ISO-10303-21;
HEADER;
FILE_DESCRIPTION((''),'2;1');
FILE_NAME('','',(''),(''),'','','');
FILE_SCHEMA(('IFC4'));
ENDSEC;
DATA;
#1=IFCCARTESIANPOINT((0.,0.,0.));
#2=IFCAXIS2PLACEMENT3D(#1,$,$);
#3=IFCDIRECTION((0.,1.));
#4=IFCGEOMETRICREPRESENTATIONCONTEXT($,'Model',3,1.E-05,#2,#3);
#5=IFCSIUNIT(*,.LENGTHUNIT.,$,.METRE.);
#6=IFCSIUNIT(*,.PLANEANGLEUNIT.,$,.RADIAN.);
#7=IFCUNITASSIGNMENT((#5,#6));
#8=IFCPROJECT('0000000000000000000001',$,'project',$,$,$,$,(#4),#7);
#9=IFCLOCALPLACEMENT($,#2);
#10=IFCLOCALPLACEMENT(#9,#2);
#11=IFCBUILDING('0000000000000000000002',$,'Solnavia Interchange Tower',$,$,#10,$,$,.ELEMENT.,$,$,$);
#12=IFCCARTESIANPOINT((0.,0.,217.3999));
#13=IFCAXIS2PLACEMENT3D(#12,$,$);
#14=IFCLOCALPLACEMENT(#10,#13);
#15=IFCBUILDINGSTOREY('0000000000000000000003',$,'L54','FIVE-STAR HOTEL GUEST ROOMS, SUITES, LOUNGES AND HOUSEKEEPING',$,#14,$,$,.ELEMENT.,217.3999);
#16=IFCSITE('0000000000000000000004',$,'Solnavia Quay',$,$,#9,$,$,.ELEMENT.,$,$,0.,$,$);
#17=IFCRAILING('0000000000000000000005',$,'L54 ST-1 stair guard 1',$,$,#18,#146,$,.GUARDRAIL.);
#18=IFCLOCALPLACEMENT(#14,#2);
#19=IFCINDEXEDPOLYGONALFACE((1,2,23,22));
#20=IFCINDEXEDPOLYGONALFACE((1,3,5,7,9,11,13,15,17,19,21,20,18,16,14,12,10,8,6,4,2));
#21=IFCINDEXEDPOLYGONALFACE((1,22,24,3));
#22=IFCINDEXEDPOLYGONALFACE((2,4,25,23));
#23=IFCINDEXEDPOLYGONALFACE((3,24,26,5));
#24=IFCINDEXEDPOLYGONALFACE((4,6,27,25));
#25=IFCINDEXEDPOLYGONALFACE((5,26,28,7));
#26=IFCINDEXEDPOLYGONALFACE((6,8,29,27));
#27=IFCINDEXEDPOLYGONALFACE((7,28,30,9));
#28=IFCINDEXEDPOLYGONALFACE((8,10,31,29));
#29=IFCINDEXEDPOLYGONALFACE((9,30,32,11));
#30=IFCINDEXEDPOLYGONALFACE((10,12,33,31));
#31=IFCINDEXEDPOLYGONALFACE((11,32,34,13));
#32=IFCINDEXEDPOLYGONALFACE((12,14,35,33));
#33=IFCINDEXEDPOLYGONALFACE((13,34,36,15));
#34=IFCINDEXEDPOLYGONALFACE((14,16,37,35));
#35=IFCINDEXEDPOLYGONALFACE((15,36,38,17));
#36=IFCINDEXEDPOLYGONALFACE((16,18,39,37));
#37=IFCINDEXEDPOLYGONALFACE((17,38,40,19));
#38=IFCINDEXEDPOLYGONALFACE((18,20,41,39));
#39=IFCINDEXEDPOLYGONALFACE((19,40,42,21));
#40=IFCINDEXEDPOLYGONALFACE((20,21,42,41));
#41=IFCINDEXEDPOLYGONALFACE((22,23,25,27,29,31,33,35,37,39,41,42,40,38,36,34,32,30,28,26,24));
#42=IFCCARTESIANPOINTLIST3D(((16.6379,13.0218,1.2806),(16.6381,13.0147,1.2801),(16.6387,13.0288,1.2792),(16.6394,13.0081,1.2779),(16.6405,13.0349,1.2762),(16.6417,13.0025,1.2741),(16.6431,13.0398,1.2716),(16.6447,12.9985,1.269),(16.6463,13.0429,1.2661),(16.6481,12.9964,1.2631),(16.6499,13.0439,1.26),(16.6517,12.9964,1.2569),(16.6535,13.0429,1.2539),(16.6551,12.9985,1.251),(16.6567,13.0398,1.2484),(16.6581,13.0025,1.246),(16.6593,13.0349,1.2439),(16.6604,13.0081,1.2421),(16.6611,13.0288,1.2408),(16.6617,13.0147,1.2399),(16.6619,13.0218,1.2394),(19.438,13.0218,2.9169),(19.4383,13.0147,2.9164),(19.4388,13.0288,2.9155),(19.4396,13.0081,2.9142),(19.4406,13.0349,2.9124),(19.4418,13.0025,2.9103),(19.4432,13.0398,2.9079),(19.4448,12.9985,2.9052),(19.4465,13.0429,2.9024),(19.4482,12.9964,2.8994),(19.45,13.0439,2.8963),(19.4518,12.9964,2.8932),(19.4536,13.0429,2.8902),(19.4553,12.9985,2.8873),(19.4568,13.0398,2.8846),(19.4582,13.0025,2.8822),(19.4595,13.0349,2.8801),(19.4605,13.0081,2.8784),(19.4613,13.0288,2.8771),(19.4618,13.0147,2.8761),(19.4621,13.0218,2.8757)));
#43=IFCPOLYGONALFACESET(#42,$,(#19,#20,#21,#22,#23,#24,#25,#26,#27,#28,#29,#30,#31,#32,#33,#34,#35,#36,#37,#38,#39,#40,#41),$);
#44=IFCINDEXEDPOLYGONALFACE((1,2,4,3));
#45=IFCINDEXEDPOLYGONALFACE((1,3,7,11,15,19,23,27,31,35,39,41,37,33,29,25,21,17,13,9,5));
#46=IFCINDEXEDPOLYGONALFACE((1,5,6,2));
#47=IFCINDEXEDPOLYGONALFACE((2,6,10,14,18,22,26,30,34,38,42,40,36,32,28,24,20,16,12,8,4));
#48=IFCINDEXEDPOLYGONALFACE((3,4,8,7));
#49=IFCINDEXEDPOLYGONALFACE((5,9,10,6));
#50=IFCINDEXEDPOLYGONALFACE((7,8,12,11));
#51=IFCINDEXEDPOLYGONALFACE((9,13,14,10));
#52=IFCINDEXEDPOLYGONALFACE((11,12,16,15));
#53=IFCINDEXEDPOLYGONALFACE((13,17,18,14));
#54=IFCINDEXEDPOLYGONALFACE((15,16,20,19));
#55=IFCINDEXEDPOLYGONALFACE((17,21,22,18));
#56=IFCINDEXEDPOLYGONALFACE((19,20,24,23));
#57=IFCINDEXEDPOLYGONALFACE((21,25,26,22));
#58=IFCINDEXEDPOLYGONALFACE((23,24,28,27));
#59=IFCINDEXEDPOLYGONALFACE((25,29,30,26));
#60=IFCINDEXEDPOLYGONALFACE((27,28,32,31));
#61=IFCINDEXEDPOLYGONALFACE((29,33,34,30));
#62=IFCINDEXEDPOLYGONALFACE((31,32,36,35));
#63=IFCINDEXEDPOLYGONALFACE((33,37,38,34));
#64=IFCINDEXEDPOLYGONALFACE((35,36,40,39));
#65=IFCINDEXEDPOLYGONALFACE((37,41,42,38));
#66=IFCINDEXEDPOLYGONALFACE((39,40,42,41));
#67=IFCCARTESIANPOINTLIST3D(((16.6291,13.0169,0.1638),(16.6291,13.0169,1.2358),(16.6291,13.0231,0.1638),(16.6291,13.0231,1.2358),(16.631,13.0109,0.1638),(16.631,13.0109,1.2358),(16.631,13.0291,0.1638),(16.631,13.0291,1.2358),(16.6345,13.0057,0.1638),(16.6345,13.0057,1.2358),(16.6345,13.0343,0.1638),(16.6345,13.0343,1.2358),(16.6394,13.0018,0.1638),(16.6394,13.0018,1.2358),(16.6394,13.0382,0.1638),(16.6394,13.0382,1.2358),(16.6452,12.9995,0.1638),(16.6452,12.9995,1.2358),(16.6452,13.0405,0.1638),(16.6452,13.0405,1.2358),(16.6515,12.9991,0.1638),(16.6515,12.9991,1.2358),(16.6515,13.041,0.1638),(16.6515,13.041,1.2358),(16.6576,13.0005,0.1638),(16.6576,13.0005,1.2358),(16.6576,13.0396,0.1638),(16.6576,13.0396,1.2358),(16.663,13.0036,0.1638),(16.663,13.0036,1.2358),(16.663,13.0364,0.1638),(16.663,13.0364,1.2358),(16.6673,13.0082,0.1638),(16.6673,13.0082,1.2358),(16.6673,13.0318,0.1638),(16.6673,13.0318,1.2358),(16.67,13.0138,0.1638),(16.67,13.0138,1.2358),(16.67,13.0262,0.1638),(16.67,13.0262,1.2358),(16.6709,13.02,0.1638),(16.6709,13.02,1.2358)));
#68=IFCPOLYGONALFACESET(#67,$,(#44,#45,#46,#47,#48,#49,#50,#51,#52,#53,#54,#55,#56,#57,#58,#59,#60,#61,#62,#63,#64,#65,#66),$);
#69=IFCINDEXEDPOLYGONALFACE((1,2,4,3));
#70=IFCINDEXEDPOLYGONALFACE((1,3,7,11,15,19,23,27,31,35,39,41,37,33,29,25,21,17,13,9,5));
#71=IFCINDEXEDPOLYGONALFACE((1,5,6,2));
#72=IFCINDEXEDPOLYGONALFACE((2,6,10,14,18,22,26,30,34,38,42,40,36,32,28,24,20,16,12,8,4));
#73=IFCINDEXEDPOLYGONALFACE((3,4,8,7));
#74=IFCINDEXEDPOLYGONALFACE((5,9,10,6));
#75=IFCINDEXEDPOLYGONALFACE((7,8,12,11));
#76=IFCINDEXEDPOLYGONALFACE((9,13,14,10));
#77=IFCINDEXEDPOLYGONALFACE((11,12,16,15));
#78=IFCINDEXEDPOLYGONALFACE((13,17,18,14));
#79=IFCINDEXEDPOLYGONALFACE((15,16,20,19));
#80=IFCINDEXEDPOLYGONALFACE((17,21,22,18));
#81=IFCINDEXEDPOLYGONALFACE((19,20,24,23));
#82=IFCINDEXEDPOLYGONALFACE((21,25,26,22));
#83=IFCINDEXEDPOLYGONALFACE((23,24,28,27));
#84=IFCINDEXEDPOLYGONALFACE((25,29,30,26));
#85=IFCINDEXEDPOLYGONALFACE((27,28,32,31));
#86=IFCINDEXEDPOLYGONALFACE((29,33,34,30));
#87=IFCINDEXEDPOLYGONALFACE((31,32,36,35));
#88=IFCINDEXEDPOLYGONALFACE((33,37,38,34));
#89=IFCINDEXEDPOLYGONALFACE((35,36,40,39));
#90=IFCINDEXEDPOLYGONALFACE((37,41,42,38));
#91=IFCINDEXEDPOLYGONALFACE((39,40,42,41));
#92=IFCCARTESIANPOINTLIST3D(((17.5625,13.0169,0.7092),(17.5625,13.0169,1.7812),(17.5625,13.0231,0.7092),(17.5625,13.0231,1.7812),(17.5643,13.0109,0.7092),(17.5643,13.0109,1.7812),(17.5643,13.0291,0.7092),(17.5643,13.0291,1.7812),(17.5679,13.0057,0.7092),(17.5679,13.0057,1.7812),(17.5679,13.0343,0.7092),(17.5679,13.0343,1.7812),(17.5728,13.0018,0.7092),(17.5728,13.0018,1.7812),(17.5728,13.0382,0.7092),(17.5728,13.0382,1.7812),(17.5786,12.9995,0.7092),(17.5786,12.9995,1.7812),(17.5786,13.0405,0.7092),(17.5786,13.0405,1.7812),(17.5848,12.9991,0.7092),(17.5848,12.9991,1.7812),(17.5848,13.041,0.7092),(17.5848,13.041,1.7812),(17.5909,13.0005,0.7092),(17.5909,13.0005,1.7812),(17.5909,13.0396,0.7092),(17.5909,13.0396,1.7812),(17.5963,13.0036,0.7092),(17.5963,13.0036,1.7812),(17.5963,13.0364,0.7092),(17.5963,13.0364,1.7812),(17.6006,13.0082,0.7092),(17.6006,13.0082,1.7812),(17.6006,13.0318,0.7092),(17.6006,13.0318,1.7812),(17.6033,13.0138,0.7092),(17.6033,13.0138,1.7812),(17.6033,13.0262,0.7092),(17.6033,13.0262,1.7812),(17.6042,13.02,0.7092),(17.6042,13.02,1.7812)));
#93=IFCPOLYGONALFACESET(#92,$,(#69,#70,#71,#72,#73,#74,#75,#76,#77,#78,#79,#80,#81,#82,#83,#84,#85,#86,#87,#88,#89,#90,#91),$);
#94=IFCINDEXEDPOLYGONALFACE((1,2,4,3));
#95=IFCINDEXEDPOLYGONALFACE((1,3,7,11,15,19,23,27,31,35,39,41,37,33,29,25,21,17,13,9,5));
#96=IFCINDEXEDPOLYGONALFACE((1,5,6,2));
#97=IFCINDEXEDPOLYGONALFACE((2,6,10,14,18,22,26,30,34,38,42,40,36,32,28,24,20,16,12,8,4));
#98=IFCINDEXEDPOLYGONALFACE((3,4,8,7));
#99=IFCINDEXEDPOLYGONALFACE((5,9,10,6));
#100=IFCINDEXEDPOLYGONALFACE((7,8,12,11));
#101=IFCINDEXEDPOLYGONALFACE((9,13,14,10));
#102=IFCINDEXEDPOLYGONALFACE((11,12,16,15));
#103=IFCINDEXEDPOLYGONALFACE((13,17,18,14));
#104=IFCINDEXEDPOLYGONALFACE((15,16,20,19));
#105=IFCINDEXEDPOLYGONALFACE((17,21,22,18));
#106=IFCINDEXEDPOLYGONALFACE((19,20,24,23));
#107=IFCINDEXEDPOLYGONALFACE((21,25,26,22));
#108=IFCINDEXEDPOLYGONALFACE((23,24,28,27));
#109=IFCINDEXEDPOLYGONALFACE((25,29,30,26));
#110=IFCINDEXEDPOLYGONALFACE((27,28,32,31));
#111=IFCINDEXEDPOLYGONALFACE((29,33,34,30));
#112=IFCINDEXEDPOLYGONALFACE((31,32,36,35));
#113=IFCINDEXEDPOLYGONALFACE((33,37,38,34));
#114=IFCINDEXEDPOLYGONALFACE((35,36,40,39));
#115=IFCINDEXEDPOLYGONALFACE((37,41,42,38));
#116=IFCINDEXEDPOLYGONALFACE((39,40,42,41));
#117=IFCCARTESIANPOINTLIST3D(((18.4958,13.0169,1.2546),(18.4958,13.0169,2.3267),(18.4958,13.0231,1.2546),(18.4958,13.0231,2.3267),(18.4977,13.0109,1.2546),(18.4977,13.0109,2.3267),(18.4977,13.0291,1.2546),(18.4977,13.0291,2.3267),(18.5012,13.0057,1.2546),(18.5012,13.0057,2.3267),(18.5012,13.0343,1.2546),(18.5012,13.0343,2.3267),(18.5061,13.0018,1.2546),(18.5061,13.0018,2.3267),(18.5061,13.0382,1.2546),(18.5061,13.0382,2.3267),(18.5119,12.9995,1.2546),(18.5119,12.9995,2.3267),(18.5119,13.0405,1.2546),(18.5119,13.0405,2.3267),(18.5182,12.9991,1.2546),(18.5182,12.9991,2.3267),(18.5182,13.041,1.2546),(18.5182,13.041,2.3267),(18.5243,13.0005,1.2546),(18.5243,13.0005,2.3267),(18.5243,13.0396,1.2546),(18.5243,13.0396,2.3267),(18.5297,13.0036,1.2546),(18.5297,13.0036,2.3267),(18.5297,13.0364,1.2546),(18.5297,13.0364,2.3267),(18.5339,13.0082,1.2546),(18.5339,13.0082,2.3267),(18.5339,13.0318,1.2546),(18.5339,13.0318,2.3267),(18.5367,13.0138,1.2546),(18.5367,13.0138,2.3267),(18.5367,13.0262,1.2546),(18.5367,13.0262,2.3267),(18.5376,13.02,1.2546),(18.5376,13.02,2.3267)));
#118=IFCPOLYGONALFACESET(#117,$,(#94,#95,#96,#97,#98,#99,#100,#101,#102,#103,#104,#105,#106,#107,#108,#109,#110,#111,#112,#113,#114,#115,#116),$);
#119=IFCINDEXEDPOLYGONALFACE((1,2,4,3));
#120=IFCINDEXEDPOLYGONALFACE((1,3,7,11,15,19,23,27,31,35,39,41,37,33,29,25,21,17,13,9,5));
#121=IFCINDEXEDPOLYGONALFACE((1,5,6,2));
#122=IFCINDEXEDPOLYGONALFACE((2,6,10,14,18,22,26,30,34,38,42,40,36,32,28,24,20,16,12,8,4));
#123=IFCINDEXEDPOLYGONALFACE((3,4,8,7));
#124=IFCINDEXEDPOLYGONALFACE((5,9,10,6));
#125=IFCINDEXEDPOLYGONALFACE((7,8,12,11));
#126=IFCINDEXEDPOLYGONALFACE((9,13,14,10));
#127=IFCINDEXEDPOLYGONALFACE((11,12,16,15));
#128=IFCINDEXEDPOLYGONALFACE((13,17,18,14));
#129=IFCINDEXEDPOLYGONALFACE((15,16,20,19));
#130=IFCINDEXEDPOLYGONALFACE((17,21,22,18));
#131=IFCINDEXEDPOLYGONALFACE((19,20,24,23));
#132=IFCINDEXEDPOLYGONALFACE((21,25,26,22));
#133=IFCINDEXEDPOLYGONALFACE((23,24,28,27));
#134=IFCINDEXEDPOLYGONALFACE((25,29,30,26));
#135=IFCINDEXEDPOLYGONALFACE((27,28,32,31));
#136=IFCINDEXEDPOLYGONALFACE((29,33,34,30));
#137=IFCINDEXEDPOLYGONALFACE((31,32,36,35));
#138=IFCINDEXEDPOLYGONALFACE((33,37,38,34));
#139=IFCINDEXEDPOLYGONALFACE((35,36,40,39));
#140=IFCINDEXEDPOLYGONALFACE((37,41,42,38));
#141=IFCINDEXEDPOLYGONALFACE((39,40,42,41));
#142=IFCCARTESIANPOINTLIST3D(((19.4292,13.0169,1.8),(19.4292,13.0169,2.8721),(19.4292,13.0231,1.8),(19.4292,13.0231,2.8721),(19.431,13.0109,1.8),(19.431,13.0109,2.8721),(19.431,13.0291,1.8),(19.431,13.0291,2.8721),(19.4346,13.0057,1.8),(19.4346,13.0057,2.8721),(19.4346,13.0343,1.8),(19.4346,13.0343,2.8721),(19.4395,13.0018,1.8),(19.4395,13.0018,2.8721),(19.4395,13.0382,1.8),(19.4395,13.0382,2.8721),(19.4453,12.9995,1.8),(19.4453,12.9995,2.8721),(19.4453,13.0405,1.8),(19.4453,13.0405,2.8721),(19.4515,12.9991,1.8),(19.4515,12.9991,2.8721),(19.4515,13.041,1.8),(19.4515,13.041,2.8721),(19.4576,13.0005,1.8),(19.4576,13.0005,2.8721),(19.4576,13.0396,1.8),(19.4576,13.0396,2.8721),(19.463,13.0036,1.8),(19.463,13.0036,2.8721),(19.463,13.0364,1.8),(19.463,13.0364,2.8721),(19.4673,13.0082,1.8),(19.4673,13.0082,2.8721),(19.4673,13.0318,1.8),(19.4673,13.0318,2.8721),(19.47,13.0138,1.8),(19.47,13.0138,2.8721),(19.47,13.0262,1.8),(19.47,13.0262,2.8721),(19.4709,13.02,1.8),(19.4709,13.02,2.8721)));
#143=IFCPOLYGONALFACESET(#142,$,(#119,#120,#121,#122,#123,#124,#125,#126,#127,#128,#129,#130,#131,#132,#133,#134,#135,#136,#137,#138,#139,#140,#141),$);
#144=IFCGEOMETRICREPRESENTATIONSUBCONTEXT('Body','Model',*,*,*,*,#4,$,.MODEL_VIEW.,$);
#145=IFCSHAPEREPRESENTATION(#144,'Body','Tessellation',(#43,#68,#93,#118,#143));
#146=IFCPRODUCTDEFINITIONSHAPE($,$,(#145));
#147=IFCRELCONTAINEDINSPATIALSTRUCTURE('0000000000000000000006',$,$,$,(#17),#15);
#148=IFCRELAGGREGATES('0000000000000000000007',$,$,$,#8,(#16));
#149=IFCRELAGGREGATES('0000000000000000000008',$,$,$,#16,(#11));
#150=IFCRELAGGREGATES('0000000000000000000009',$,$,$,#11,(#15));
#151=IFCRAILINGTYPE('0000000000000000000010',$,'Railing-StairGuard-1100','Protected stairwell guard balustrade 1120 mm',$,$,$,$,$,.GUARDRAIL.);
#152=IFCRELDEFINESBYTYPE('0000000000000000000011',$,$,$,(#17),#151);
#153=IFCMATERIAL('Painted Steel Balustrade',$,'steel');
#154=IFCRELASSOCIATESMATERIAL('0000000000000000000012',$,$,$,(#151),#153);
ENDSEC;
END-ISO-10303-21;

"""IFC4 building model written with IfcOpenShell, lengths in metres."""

from ifc_helpers import new_model, si_unit, direction, frame, origin, origin_2d, place, context, subcontext, project, spatial, circle, extrude, material, type_object, element, save


model = new_model("IFC4")

# Units and contexts
model_context = context("Model", 3, precision=1e-05, world=origin(), true_north=direction((0.0, 1.0)))
body_context = subcontext(model_context, "Body", "Model", "MODEL_VIEW")
ifc_project = project(units=[si_unit("LENGTHUNIT", "METRE"), si_unit("PLANEANGLEUNIT", "RADIAN")], contexts=[model_context])

# Site, building, storey
site_placement = place(None, origin())
site = spatial("IfcSite", under=ifc_project, at=site_placement, Name="Solnavia Quay", CompositionType="ELEMENT", RefElevation=0.0)
building_placement = place(site_placement, origin())
building = spatial("IfcBuilding", under=site, at=building_placement, Name="Solnavia Interchange Tower", CompositionType="ELEMENT")
storey_placement = place(building_placement, frame((0.0, 0.0, 217.3999)))
storey = spatial("IfcBuildingStorey", under=building, at=storey_placement, Name="L54", Description="FIVE-STAR HOTEL GUEST ROOMS, SUITES, LOUNGES AND HOUSEKEEPING", CompositionType="ELEMENT", Elevation=217.3999)

# Railing
ifc_material_1 = material(Name="Painted Steel Balustrade", Category="steel")
railing_type_1 = type_object("IfcRailingType", Name="Railing-StairGuard-1100", Description="Protected stairwell guard balustrade 1120 mm", PredefinedType="GUARDRAIL", material=ifc_material_1)
railing_1_placement = place(storey_placement, frame((16.6499, 13.02, 0.1638)))
element("IfcRailing", 1, at=railing_1_placement, inside=storey, type_object=railing_type_1, Name="L54 ST-1 stair guard 1", PredefinedType="GUARDRAIL", context=body_context, shape_type="SweptSolid", body=[
    extrude(circle(Radius=0.0239, at=origin_2d()), frame((0.0, 0.0, 1.0962), z_axis=(0.863394, 0.0, 0.504531), x_axis=(0.0, 1.0, 0.0)), (0.0, 0.0, 1.0), 3.2432),
    extrude(circle(Radius=0.021, at=origin_2d()), origin(), (0.0, 0.0, 1.0), 1.072),
    extrude(circle(Radius=0.021, at=origin_2d()), frame((0.9333, 0.0, 0.5454)), (0.0, 0.0, 1.0), 1.072),
    extrude(circle(Radius=0.021, at=origin_2d()), frame((1.8667, 0.0, 1.0908)), (0.0, 0.0, 1.0), 1.072),
    extrude(circle(Radius=0.021, at=origin_2d()), frame((2.8, 0.0, 1.6362)), (0.0, 0.0, 1.0), 1.072),
])

save(model, "model.ifc")
